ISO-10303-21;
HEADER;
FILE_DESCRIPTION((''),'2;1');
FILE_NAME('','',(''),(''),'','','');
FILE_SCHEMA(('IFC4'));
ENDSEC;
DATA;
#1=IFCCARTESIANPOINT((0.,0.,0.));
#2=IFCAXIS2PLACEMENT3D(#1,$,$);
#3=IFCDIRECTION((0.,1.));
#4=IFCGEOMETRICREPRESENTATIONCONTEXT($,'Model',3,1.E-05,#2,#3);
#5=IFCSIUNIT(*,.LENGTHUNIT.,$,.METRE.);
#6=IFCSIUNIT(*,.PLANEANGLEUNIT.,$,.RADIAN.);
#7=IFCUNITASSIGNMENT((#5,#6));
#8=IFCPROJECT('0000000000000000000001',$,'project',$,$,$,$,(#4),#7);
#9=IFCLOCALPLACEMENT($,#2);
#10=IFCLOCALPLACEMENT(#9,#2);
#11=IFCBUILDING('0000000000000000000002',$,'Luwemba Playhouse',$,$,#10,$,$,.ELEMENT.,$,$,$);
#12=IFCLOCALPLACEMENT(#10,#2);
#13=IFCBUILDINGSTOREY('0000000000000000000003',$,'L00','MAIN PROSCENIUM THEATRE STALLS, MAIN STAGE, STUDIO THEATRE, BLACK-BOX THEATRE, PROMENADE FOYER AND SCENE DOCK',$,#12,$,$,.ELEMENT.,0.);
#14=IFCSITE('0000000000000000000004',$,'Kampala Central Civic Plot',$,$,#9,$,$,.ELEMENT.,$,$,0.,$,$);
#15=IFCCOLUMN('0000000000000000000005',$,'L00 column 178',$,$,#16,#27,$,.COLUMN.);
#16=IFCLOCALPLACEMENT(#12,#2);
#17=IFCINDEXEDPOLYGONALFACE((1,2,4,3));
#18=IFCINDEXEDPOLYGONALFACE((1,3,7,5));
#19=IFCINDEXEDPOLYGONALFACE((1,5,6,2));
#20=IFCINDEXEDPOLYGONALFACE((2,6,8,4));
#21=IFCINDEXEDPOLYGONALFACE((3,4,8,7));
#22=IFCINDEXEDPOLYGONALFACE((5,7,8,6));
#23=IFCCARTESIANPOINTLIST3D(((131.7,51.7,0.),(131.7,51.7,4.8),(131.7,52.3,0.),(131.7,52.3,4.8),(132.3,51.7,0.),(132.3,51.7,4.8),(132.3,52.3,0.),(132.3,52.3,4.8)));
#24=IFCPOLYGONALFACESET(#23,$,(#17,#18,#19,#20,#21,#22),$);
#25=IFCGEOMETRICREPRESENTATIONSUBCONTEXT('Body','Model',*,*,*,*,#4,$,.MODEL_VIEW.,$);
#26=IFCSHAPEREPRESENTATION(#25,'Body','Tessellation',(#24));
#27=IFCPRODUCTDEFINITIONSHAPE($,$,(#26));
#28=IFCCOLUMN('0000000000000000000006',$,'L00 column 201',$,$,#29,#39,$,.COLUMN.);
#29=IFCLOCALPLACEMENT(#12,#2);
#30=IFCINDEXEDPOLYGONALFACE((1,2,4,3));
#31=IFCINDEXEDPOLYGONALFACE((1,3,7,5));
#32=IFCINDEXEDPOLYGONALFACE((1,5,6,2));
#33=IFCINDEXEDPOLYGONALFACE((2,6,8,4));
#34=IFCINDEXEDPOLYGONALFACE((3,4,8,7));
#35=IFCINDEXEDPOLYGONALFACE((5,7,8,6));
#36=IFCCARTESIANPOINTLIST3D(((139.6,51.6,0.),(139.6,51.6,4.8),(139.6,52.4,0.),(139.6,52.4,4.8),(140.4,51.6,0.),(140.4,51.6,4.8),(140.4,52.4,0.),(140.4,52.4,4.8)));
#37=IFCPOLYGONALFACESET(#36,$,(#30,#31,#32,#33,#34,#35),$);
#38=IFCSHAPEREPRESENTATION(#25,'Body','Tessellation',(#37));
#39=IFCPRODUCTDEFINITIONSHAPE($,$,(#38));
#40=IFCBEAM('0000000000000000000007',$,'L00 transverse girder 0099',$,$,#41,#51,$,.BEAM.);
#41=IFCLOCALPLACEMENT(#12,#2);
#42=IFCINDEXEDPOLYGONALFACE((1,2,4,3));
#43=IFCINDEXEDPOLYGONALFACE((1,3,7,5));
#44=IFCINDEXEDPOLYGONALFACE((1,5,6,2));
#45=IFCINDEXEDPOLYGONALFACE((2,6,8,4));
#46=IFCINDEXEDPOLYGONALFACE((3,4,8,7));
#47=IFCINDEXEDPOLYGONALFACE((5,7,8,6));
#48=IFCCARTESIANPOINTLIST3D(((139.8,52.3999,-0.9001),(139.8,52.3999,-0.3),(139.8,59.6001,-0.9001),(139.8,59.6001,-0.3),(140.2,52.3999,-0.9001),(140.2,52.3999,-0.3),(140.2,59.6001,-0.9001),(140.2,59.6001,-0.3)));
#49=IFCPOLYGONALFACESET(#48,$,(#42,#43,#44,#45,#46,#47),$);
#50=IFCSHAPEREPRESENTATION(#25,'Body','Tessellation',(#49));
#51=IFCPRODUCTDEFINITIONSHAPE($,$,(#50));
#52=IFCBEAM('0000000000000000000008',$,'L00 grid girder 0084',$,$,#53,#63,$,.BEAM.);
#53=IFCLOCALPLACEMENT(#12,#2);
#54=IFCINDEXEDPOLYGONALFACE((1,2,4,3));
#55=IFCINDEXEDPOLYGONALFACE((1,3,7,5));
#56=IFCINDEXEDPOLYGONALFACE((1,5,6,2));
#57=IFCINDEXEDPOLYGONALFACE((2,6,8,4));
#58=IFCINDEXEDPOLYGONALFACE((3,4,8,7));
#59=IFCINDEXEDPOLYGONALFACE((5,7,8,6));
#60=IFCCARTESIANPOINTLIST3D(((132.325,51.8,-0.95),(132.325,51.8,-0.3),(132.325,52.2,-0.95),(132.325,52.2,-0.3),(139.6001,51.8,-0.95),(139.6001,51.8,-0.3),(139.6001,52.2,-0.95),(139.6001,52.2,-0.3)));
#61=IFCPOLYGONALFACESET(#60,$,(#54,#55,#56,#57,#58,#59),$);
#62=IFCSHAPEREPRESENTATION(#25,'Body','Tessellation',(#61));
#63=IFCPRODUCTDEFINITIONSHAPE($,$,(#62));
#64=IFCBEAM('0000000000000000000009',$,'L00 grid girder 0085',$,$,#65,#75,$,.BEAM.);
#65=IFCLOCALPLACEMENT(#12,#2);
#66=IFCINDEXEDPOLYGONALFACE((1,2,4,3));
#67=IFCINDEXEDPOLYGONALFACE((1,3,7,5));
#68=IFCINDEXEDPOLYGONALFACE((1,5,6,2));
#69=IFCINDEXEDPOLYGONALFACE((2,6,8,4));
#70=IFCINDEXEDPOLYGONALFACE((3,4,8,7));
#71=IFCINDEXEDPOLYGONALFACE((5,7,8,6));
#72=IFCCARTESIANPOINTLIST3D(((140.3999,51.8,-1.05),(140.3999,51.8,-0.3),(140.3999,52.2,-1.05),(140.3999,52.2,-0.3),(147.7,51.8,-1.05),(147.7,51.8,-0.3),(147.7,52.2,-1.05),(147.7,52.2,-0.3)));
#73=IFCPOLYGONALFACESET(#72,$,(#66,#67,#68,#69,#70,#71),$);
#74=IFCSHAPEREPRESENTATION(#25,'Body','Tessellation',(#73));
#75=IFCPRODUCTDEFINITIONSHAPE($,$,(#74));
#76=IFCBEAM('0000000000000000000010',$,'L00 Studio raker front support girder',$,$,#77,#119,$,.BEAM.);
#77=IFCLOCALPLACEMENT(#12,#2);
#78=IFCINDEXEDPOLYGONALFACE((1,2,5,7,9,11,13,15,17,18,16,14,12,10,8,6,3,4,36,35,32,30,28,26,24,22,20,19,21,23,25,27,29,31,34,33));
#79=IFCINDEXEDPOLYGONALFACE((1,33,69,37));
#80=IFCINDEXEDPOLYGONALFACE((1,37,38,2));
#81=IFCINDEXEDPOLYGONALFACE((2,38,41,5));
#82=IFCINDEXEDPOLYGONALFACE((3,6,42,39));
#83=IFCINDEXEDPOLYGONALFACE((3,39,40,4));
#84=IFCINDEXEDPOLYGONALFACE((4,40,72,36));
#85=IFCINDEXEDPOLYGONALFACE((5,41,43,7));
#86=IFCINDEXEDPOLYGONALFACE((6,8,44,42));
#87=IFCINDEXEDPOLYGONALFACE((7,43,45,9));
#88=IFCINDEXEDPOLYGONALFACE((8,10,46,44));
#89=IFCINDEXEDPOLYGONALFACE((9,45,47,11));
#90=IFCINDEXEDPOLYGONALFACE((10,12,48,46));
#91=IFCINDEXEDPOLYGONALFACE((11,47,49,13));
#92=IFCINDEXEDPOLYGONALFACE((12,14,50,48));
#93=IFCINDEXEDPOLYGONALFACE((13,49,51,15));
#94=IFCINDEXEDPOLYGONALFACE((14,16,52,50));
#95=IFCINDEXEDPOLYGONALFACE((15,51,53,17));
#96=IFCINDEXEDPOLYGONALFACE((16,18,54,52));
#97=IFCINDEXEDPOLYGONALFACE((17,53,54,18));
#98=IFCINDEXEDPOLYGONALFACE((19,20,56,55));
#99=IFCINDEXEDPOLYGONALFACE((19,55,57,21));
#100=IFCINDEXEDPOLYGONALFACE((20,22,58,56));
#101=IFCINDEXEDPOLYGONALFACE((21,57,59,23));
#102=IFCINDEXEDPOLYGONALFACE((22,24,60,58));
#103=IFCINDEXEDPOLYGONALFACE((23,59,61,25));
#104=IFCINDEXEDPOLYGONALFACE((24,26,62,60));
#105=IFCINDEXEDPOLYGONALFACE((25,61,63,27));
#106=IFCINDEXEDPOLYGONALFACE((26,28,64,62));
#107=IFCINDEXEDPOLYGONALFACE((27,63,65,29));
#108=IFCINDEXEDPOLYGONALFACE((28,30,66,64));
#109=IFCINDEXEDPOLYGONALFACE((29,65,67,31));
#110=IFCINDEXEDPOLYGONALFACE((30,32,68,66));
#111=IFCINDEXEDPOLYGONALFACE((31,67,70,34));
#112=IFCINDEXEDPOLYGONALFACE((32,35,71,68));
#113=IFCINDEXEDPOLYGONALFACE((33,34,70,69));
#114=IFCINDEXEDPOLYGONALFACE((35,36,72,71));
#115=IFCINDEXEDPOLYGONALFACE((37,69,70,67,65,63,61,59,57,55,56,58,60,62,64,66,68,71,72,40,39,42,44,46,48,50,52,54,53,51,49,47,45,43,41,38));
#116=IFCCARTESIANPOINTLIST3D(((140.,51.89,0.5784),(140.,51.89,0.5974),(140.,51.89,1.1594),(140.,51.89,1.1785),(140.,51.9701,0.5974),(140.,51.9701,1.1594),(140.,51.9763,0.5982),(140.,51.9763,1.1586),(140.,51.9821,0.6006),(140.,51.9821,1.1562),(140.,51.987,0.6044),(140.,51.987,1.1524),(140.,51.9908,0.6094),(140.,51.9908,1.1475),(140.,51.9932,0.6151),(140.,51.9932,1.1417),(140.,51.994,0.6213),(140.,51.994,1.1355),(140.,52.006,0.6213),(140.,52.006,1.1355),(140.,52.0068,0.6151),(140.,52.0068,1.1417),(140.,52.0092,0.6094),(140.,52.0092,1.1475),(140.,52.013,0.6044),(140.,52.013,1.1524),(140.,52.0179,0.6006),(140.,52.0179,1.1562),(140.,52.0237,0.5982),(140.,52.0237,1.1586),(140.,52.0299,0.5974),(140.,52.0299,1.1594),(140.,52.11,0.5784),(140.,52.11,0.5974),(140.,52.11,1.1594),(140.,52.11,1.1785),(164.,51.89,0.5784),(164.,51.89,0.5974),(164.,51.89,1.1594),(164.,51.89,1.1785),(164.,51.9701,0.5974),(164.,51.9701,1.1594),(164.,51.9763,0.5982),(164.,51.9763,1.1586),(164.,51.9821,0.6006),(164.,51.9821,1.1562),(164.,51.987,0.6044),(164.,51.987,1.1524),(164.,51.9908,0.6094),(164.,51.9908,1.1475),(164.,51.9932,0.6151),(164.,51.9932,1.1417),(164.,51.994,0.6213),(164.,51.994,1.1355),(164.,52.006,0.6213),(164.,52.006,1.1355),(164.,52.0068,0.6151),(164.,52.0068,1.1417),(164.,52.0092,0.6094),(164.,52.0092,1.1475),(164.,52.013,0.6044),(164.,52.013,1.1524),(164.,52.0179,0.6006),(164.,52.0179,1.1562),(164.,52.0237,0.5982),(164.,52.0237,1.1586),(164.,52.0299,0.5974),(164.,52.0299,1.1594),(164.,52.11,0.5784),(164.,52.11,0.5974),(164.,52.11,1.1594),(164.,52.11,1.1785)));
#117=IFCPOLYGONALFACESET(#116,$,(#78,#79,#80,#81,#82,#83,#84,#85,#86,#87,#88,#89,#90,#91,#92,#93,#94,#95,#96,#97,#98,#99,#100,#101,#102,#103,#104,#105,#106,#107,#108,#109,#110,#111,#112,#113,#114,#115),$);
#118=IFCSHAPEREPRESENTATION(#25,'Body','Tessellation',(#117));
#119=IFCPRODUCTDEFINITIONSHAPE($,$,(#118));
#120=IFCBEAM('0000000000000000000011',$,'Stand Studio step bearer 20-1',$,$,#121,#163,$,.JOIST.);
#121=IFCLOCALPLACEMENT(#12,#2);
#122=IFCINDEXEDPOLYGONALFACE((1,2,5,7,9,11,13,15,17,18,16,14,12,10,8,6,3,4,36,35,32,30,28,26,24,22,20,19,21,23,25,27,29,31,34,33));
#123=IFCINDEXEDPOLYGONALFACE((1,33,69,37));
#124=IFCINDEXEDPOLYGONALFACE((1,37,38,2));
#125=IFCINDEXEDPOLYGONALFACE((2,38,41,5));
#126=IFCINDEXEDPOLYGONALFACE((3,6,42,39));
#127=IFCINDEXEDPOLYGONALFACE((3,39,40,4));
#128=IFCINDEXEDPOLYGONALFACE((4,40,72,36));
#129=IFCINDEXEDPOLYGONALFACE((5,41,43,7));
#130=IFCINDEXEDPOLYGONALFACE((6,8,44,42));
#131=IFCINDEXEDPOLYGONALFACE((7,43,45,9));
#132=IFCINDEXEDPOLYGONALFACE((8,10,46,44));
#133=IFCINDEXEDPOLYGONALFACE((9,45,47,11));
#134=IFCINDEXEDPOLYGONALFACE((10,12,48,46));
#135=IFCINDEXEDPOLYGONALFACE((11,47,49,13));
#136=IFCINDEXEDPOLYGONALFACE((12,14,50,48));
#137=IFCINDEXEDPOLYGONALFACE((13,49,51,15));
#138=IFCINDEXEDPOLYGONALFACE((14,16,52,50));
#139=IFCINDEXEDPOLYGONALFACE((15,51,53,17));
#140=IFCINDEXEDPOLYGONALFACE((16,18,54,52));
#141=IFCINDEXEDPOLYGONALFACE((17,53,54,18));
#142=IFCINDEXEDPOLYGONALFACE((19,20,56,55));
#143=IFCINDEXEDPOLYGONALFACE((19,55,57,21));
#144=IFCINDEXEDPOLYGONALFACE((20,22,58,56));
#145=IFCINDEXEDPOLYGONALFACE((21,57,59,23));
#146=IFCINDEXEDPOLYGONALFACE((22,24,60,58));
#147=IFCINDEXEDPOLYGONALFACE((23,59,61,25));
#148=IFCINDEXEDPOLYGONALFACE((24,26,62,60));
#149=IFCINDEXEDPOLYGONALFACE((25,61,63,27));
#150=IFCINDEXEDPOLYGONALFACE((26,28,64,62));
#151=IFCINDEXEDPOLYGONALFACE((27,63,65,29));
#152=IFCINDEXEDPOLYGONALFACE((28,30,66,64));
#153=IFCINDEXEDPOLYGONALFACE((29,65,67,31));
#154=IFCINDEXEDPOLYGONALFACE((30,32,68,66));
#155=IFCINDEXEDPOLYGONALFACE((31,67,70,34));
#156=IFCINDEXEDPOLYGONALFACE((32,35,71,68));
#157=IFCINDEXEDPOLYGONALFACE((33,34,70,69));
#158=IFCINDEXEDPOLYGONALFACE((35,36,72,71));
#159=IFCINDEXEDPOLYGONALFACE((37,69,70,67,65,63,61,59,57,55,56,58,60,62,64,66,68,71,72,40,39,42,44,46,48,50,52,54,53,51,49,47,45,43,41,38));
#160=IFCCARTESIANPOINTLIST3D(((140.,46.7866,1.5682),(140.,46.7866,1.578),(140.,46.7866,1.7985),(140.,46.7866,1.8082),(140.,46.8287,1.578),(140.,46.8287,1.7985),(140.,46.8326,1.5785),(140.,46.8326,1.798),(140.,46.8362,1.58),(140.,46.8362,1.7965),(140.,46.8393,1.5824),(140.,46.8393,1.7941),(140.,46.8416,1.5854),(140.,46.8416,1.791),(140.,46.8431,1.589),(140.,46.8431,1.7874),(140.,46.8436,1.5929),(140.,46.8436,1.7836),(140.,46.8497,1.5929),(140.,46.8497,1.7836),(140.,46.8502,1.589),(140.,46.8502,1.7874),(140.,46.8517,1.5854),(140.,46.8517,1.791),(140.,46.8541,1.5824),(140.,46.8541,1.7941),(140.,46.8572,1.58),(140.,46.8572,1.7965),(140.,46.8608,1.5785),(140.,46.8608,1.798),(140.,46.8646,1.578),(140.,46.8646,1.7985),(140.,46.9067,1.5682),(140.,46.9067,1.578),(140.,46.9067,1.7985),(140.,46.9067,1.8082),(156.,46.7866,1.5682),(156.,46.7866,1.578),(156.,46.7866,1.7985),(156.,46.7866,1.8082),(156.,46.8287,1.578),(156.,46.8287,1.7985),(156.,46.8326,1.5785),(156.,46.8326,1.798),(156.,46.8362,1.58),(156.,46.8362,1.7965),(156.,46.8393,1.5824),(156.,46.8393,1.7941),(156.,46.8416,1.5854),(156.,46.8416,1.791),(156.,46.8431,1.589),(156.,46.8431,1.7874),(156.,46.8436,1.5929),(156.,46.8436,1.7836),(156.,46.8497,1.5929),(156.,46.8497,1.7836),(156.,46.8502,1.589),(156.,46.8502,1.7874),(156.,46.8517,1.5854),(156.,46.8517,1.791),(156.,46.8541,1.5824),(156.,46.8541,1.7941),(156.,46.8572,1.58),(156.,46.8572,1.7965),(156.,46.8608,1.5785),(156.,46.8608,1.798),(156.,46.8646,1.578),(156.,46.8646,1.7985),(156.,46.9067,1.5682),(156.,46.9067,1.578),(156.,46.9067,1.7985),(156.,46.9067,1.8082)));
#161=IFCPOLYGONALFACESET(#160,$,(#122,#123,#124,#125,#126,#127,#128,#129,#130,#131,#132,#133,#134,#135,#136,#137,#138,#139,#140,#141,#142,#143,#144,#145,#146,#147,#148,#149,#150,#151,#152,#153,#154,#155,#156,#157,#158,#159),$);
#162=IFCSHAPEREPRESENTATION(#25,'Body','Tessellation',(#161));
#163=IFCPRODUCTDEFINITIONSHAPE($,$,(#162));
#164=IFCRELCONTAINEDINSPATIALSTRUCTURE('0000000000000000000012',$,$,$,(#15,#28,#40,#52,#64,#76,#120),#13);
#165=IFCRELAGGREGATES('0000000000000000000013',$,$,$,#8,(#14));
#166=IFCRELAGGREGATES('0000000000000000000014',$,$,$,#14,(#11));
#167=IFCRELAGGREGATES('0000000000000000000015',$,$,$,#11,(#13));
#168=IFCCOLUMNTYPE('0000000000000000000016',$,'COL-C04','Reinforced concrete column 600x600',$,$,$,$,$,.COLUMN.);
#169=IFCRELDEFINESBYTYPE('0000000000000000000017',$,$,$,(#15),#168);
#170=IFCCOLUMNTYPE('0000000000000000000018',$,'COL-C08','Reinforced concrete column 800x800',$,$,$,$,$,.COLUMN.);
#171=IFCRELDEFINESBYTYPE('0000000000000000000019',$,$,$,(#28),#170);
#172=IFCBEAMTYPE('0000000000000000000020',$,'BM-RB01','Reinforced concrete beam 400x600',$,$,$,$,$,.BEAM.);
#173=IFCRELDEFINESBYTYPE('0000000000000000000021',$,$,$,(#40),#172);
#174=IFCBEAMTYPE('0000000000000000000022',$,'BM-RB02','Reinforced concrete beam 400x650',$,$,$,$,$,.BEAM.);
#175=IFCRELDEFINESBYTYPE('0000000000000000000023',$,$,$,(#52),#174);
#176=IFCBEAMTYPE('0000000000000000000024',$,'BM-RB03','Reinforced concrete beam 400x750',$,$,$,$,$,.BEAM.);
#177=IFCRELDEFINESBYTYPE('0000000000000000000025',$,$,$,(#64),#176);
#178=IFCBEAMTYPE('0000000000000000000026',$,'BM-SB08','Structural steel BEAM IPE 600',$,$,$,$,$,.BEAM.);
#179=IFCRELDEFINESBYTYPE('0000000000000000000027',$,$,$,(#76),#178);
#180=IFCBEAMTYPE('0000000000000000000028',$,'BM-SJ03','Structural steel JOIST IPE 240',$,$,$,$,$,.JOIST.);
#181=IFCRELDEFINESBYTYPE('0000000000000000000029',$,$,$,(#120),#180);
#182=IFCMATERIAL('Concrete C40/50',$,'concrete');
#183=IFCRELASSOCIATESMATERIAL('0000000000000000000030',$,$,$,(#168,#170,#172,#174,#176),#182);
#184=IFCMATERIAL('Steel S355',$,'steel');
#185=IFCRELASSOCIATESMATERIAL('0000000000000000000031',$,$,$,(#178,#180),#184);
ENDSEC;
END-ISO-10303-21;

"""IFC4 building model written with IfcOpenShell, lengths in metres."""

from ifc_helpers import new_model, si_unit, direction, frame, origin, origin_2d, place, context, subcontext, project, spatial, rectangle, i_section, extrude, material, material_profile, profile_set, type_object, element, save


model = new_model("IFC4")

# Units and contexts
model_context = context("Model", 3, precision=1e-05, world=origin(), true_north=direction((0.0, 1.0)))
body_context = subcontext(model_context, "Body", "Model", "MODEL_VIEW")
ifc_project = project(units=[si_unit("LENGTHUNIT", "METRE"), si_unit("PLANEANGLEUNIT", "RADIAN")], contexts=[model_context])

# Site, building, storey
site_placement = place(None, origin())
site = spatial("IfcSite", under=ifc_project, at=site_placement, Name="Kampala Central Civic Plot", CompositionType="ELEMENT", RefElevation=0.0)
building_placement = place(site_placement, origin())
building = spatial("IfcBuilding", under=site, at=building_placement, Name="Luwemba Playhouse", CompositionType="ELEMENT")
storey_placement = place(building_placement, origin())
storey = spatial("IfcBuildingStorey", under=building, at=storey_placement, Name="L00", Description="MAIN PROSCENIUM THEATRE STALLS, MAIN STAGE, STUDIO THEATRE, BLACK-BOX THEATRE, PROMENADE FOYER AND SCENE DOCK", CompositionType="ELEMENT", Elevation=0.0)

# Columns
ifc_material_1 = material(Name="Concrete C40/50", Category="concrete")
ifc_material_profile_1 = material_profile(ifc_material_1, rectangle(XDim=0.6001, YDim=0.6001, at=origin_2d()))
ifc_profile_set_1 = profile_set([ifc_material_profile_1], Name="Concrete C40/50")
column_type_1 = type_object("IfcColumnType", Name="COL-C04", Description="Reinforced concrete column 600x600", PredefinedType="COLUMN", material=ifc_profile_set_1)
column_1_placement = place(storey_placement, frame((132.0, 52.0, 0.0), z_axis=(0.0, 0.0, 1.0), x_axis=(1.0, 0.0, 0.0)))
element("IfcColumn", 1, at=column_1_placement, inside=storey, type_object=column_type_1, Name="L00 column 178", PredefinedType="COLUMN", context=body_context, shape_type="SweptSolid", body=[
    extrude(rectangle(XDim=0.6001, YDim=0.6001, at=origin_2d()), origin(), (0.0, 0.0, 1.0), 4.8),
])
ifc_material_profile_2 = material_profile(ifc_material_1, rectangle(XDim=0.8, YDim=0.8, at=origin_2d()))
ifc_profile_set_2 = profile_set([ifc_material_profile_2], Name="Concrete C40/50")
column_type_2 = type_object("IfcColumnType", Name="COL-C08", Description="Reinforced concrete column 800x800", PredefinedType="COLUMN", material=ifc_profile_set_2)
column_2_placement = place(storey_placement, frame((140.0, 52.0, 0.0), z_axis=(0.0, 0.0, 1.0), x_axis=(1.0, 0.0, 0.0)))
element("IfcColumn", 2, at=column_2_placement, inside=storey, type_object=column_type_2, Name="L00 column 201", PredefinedType="COLUMN", context=body_context, shape_type="SweptSolid", body=[
    extrude(rectangle(XDim=0.8, YDim=0.8, at=origin_2d()), origin(), (0.0, 0.0, 1.0), 4.8),
])

# Beams
ifc_material_profile_3 = material_profile(ifc_material_1, rectangle(XDim=0.3999, YDim=0.6001, at=origin_2d()))
ifc_profile_set_3 = profile_set([ifc_material_profile_3], Name="Concrete C40/50")
beam_type_1 = type_object("IfcBeamType", Name="BM-RB01", Description="Reinforced concrete beam 400x600", PredefinedType="BEAM", material=ifc_profile_set_3)
beam_1_placement = place(storey_placement, frame((140.0, 52.3999, -0.6001), z_axis=(0.0, 1.0, 0.0), x_axis=(-1.0, 0.0, 0.0)))
element("IfcBeam", 3, at=beam_1_placement, inside=storey, type_object=beam_type_1, Name="L00 transverse girder 0099", PredefinedType="BEAM", context=body_context, shape_type="SweptSolid", body=[
    extrude(rectangle(XDim=0.3999, YDim=0.6001, at=origin_2d()), origin(), (0.0, 0.0, 1.0), 7.2002),
])
ifc_material_profile_4 = material_profile(ifc_material_1, rectangle(XDim=0.3999, YDim=0.6499, at=origin_2d()))
ifc_profile_set_4 = profile_set([ifc_material_profile_4], Name="Concrete C40/50")
beam_type_2 = type_object("IfcBeamType", Name="BM-RB02", Description="Reinforced concrete beam 400x650", PredefinedType="BEAM", material=ifc_profile_set_4)
beam_2_placement = place(storey_placement, frame((132.325, 52.0, -0.625), z_axis=(1.0, 0.0, 0.0), x_axis=(0.0, 1.0, 0.0)))
element("IfcBeam", 4, at=beam_2_placement, inside=storey, type_object=beam_type_2, Name="L00 grid girder 0084", PredefinedType="BEAM", context=body_context, shape_type="SweptSolid", body=[
    extrude(rectangle(XDim=0.3999, YDim=0.6499, at=origin_2d()), origin(), (0.0, 0.0, 1.0), 7.2751),
])
ifc_material_profile_5 = material_profile(ifc_material_1, rectangle(XDim=0.3999, YDim=0.75, at=origin_2d()))
ifc_profile_set_5 = profile_set([ifc_material_profile_5], Name="Concrete C40/50")
beam_type_3 = type_object("IfcBeamType", Name="BM-RB03", Description="Reinforced concrete beam 400x750", PredefinedType="BEAM", material=ifc_profile_set_5)
beam_3_placement = place(storey_placement, frame((140.3999, 52.0, -0.675), z_axis=(1.0, 0.0, 0.0), x_axis=(0.0, 1.0, 0.0)))
element("IfcBeam", 5, at=beam_3_placement, inside=storey, type_object=beam_type_3, Name="L00 grid girder 0085", PredefinedType="BEAM", context=body_context, shape_type="SweptSolid", body=[
    extrude(rectangle(XDim=0.3999, YDim=0.75, at=origin_2d()), origin(), (0.0, 0.0, 1.0), 7.3),
])
ifc_material_2 = material(Name="Steel S355", Category="steel")
ifc_material_profile_6 = material_profile(ifc_material_2, i_section(OverallWidth=0.22, OverallDepth=0.6001, WebThickness=0.012, FlangeThickness=0.019, FilletRadius=0.0239, at=origin_2d()))
ifc_profile_set_6 = profile_set([ifc_material_profile_6], Name="Steel S355")
beam_type_4 = type_object("IfcBeamType", Name="BM-SB08", Description="Structural steel BEAM IPE 600", PredefinedType="BEAM", material=ifc_profile_set_6)
beam_4_placement = place(storey_placement, frame((140.0, 52.0, 0.8784), z_axis=(1.0, 0.0, 0.0), x_axis=(0.0, 1.0, 0.0)))
element("IfcBeam", 6, at=beam_4_placement, inside=storey, type_object=beam_type_4, Name="L00 Studio raker front support girder", PredefinedType="BEAM", context=body_context, shape_type="SweptSolid", body=[
    extrude(i_section(OverallWidth=0.22, OverallDepth=0.6001, WebThickness=0.012, FlangeThickness=0.019, FilletRadius=0.0239, at=origin_2d()), origin(), (0.0, 0.0, 1.0), 24.0),
])
ifc_material_profile_7 = material_profile(ifc_material_2, i_section(OverallWidth=0.1201, OverallDepth=0.24, WebThickness=0.0061, FlangeThickness=0.0098, FilletRadius=0.0149, at=origin_2d()))
ifc_profile_set_7 = profile_set([ifc_material_profile_7], Name="Steel S355")
beam_type_5 = type_object("IfcBeamType", Name="BM-SJ03", Description="Structural steel JOIST IPE 240", PredefinedType="JOIST", material=ifc_profile_set_7)
for number, where, z_axis, x_axis, name in (
    (7, (140.0, 46.8467, 1.6882), (1.0, 0.0, 0.0), (0.0, 1.0, 0.0), "Stand Studio step bearer 20-1"),
):
    element("IfcBeam", number, at=place(storey_placement, frame(where, z_axis=z_axis, x_axis=x_axis)), inside=storey, type_object=beam_type_5, Name=name, PredefinedType="JOIST", context=body_context, shape_type="SweptSolid", body=[
        extrude(i_section(OverallWidth=0.1201, OverallDepth=0.24, WebThickness=0.0061, FlangeThickness=0.0098, FilletRadius=0.0149, at=origin_2d()), origin(), (0.0, 0.0, 1.0), 16.0),
    ])

save(model, "model.ifc")
